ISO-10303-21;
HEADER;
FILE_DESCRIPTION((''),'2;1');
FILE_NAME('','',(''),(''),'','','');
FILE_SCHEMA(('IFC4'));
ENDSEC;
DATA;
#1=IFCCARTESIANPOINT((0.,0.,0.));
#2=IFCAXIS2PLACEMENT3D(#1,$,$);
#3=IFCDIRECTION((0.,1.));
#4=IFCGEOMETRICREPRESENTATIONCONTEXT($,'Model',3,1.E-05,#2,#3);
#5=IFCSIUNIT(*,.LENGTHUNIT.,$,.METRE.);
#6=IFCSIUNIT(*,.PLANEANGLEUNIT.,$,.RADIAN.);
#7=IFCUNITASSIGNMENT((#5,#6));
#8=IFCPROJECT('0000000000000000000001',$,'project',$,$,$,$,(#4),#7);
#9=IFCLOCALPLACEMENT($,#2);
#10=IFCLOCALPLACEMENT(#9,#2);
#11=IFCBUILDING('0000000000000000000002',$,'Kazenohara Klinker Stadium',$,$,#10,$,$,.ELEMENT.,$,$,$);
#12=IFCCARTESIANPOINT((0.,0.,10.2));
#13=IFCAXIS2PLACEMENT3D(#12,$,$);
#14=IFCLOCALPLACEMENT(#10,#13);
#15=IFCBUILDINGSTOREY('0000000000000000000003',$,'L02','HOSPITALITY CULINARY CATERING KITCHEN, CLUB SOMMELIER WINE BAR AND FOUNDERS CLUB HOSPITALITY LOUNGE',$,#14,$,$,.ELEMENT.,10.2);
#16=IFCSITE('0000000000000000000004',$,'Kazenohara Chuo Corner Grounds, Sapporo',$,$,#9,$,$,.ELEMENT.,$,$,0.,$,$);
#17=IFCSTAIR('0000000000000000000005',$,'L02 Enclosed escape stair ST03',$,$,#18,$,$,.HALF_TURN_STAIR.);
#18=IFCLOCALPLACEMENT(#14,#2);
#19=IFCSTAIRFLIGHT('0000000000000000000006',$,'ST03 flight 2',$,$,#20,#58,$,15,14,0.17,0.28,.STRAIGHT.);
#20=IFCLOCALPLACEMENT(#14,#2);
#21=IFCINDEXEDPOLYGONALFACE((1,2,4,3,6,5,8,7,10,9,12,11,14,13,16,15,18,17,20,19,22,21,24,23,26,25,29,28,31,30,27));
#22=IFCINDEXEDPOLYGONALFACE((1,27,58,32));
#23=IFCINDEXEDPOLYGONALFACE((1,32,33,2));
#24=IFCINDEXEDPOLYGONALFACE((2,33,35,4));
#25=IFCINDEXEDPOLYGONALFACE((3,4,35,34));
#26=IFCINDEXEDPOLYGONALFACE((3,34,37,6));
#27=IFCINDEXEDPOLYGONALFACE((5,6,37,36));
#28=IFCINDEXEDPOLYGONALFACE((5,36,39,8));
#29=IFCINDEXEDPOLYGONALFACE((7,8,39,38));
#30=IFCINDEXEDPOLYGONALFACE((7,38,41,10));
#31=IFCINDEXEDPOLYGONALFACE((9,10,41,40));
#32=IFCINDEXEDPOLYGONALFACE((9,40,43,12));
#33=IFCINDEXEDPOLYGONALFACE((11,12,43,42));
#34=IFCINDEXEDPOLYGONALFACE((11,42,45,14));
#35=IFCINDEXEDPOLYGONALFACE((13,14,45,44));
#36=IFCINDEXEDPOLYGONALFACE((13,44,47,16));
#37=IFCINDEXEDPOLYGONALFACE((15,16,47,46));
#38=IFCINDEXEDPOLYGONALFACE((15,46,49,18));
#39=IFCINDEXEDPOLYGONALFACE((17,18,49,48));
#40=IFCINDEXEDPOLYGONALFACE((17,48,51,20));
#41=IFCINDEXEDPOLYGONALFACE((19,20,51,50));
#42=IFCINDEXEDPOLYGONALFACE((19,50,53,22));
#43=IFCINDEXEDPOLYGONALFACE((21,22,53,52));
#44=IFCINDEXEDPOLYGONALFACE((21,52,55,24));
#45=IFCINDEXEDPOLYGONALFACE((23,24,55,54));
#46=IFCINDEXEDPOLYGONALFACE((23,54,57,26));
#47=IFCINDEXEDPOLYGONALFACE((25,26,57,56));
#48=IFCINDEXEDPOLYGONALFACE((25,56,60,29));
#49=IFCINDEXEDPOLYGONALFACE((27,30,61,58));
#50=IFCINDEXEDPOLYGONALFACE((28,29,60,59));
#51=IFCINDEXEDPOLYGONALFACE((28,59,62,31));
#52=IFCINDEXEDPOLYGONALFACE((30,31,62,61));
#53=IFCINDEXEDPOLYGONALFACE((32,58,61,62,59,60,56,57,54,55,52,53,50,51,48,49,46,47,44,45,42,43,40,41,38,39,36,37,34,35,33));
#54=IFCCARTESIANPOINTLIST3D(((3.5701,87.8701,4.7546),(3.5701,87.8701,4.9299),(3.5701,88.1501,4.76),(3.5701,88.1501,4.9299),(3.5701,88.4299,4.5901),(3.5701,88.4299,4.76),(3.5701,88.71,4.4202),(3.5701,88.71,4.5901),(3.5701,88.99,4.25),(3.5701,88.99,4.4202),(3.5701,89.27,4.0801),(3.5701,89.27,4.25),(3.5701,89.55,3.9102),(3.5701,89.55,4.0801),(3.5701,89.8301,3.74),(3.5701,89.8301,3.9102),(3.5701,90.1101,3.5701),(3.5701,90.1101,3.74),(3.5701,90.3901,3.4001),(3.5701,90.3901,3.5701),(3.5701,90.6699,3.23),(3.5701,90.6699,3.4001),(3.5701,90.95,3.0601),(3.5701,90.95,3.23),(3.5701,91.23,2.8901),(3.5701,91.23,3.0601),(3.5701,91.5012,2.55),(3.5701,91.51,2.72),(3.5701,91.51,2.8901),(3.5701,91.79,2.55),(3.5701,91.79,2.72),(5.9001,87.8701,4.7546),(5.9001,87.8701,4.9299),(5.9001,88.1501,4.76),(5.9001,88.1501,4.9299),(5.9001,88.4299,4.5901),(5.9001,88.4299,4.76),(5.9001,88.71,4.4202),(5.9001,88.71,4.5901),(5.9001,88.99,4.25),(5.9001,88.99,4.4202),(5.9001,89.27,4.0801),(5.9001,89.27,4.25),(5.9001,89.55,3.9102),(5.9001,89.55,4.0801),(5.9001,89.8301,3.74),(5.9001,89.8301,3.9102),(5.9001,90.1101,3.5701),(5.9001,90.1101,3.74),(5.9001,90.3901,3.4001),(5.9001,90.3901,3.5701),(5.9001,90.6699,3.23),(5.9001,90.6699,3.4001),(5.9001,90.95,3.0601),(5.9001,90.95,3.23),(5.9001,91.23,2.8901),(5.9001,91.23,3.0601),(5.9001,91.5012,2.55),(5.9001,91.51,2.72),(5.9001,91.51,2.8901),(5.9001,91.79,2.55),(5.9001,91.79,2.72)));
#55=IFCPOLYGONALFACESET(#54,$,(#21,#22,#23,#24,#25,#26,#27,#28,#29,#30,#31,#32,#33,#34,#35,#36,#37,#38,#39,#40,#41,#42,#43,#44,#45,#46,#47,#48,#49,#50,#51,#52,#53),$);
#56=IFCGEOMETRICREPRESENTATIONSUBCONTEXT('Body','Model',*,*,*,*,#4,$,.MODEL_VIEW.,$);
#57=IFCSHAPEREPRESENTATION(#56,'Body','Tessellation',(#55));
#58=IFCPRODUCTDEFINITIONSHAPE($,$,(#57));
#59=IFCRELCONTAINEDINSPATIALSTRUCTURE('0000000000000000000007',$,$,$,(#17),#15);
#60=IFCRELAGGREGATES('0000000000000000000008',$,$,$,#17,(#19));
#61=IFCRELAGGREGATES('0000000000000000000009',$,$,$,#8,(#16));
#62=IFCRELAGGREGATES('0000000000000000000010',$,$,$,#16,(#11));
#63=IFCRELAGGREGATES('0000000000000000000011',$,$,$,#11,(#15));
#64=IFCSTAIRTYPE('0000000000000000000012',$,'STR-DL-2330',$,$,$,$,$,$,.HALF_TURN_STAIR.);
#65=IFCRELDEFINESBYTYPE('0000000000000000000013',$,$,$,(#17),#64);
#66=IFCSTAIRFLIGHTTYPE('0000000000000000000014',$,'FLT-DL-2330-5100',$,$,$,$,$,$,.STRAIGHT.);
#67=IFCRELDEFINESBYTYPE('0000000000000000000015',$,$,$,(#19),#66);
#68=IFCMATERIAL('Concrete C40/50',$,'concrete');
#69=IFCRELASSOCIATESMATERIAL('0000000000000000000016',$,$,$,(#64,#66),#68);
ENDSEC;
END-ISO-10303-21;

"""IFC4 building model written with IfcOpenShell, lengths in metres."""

from ifc_helpers import new_model, si_unit, direction, frame, origin, place, context, subcontext, project, spatial, polyline, outline, extrude, material, type_object, element, aggregate, save


model = new_model("IFC4")

# Units and contexts
model_context = context("Model", 3, precision=1e-05, world=origin(), true_north=direction((0.0, 1.0)))
body_context = subcontext(model_context, "Body", "Model", "MODEL_VIEW")
ifc_project = project(units=[si_unit("LENGTHUNIT", "METRE"), si_unit("PLANEANGLEUNIT", "RADIAN")], contexts=[model_context])

# Site, building, storey
site_placement = place(None, origin())
site = spatial("IfcSite", under=ifc_project, at=site_placement, Name="Kazenohara Chuo Corner Grounds, Sapporo", CompositionType="ELEMENT", RefElevation=0.0)
building_placement = place(site_placement, origin())
building = spatial("IfcBuilding", under=site, at=building_placement, Name="Kazenohara Klinker Stadium", CompositionType="ELEMENT")
storey_placement = place(building_placement, frame((0.0, 0.0, 10.2)))
storey = spatial("IfcBuildingStorey", under=building, at=storey_placement, Name="L02", Description="HOSPITALITY CULINARY CATERING KITCHEN, CLUB SOMMELIER WINE BAR AND FOUNDERS CLUB HOSPITALITY LOUNGE", CompositionType="ELEMENT", Elevation=10.2)

# Shared definitions
ifc_material_1 = material(Name="Concrete C40/50", Category="concrete")

# Stair, stair flight
stair_type = type_object("IfcStairType", Name="STR-DL-2330", PredefinedType="HALF_TURN_STAIR", material=ifc_material_1)
stair_placement = place(storey_placement, origin())
stair = element("IfcStair", 1, at=stair_placement, inside=storey, type_object=stair_type, Name="L02 Enclosed escape stair ST03", PredefinedType="HALF_TURN_STAIR")
stair_flight_type = type_object("IfcStairFlightType", Name="FLT-DL-2330-5100", PredefinedType="STRAIGHT", material=ifc_material_1)
stair_flight_placement = place(storey_placement, frame((4.7351, 91.79, 2.55), z_axis=(0.0, 0.0, 1.0), x_axis=(0.0, -1.0, 0.0)))
stair_flight = element("IfcStairFlight", 2, at=stair_flight_placement, type_object=stair_flight_type, Name="ST03 flight 2", NumberOfRisers=15, NumberOfTreads=14, PredefinedType="STRAIGHT", RiserHeight=0.17, TreadLength=0.28, context=body_context, shape_type="SweptSolid", body=[
    extrude(outline(polyline([(0.0, 0.0), (0.0, 0.1699), (0.28, 0.1699), (0.28, 0.3401), (0.5601, 0.3401), (0.5601, 0.51), (0.8401, 0.51), (0.8401, 0.6799), (1.1201, 0.6799), (1.1201, 0.8501), (1.3999, 0.8501), (1.3999, 1.02), (1.6799, 1.02), (1.6799, 1.1899), (1.96, 1.1899), (1.96, 1.3601), (2.24, 1.3601), (2.24, 1.53), (2.52, 1.53), (2.52, 1.7), (2.8, 1.7), (2.8, 1.8701), (3.0801, 1.8701), (3.0801, 2.04), (3.3601, 2.04), (3.3601, 2.21), (3.6399, 2.21), (3.6399, 2.3799), (3.9199, 2.3799), (3.9199, 2.55), (3.9199, 2.2046), (0.2888, 0.0), (0.0, 0.0)])), frame((0.0, 1.165, 0.0), z_axis=(0.0, -1.0, 0.0), x_axis=(1.0, 0.0, 0.0)), (0.0, 0.0, 1.0), 2.3301),
])
aggregate(stair, [stair_flight])

save(model, "model.ifc")
